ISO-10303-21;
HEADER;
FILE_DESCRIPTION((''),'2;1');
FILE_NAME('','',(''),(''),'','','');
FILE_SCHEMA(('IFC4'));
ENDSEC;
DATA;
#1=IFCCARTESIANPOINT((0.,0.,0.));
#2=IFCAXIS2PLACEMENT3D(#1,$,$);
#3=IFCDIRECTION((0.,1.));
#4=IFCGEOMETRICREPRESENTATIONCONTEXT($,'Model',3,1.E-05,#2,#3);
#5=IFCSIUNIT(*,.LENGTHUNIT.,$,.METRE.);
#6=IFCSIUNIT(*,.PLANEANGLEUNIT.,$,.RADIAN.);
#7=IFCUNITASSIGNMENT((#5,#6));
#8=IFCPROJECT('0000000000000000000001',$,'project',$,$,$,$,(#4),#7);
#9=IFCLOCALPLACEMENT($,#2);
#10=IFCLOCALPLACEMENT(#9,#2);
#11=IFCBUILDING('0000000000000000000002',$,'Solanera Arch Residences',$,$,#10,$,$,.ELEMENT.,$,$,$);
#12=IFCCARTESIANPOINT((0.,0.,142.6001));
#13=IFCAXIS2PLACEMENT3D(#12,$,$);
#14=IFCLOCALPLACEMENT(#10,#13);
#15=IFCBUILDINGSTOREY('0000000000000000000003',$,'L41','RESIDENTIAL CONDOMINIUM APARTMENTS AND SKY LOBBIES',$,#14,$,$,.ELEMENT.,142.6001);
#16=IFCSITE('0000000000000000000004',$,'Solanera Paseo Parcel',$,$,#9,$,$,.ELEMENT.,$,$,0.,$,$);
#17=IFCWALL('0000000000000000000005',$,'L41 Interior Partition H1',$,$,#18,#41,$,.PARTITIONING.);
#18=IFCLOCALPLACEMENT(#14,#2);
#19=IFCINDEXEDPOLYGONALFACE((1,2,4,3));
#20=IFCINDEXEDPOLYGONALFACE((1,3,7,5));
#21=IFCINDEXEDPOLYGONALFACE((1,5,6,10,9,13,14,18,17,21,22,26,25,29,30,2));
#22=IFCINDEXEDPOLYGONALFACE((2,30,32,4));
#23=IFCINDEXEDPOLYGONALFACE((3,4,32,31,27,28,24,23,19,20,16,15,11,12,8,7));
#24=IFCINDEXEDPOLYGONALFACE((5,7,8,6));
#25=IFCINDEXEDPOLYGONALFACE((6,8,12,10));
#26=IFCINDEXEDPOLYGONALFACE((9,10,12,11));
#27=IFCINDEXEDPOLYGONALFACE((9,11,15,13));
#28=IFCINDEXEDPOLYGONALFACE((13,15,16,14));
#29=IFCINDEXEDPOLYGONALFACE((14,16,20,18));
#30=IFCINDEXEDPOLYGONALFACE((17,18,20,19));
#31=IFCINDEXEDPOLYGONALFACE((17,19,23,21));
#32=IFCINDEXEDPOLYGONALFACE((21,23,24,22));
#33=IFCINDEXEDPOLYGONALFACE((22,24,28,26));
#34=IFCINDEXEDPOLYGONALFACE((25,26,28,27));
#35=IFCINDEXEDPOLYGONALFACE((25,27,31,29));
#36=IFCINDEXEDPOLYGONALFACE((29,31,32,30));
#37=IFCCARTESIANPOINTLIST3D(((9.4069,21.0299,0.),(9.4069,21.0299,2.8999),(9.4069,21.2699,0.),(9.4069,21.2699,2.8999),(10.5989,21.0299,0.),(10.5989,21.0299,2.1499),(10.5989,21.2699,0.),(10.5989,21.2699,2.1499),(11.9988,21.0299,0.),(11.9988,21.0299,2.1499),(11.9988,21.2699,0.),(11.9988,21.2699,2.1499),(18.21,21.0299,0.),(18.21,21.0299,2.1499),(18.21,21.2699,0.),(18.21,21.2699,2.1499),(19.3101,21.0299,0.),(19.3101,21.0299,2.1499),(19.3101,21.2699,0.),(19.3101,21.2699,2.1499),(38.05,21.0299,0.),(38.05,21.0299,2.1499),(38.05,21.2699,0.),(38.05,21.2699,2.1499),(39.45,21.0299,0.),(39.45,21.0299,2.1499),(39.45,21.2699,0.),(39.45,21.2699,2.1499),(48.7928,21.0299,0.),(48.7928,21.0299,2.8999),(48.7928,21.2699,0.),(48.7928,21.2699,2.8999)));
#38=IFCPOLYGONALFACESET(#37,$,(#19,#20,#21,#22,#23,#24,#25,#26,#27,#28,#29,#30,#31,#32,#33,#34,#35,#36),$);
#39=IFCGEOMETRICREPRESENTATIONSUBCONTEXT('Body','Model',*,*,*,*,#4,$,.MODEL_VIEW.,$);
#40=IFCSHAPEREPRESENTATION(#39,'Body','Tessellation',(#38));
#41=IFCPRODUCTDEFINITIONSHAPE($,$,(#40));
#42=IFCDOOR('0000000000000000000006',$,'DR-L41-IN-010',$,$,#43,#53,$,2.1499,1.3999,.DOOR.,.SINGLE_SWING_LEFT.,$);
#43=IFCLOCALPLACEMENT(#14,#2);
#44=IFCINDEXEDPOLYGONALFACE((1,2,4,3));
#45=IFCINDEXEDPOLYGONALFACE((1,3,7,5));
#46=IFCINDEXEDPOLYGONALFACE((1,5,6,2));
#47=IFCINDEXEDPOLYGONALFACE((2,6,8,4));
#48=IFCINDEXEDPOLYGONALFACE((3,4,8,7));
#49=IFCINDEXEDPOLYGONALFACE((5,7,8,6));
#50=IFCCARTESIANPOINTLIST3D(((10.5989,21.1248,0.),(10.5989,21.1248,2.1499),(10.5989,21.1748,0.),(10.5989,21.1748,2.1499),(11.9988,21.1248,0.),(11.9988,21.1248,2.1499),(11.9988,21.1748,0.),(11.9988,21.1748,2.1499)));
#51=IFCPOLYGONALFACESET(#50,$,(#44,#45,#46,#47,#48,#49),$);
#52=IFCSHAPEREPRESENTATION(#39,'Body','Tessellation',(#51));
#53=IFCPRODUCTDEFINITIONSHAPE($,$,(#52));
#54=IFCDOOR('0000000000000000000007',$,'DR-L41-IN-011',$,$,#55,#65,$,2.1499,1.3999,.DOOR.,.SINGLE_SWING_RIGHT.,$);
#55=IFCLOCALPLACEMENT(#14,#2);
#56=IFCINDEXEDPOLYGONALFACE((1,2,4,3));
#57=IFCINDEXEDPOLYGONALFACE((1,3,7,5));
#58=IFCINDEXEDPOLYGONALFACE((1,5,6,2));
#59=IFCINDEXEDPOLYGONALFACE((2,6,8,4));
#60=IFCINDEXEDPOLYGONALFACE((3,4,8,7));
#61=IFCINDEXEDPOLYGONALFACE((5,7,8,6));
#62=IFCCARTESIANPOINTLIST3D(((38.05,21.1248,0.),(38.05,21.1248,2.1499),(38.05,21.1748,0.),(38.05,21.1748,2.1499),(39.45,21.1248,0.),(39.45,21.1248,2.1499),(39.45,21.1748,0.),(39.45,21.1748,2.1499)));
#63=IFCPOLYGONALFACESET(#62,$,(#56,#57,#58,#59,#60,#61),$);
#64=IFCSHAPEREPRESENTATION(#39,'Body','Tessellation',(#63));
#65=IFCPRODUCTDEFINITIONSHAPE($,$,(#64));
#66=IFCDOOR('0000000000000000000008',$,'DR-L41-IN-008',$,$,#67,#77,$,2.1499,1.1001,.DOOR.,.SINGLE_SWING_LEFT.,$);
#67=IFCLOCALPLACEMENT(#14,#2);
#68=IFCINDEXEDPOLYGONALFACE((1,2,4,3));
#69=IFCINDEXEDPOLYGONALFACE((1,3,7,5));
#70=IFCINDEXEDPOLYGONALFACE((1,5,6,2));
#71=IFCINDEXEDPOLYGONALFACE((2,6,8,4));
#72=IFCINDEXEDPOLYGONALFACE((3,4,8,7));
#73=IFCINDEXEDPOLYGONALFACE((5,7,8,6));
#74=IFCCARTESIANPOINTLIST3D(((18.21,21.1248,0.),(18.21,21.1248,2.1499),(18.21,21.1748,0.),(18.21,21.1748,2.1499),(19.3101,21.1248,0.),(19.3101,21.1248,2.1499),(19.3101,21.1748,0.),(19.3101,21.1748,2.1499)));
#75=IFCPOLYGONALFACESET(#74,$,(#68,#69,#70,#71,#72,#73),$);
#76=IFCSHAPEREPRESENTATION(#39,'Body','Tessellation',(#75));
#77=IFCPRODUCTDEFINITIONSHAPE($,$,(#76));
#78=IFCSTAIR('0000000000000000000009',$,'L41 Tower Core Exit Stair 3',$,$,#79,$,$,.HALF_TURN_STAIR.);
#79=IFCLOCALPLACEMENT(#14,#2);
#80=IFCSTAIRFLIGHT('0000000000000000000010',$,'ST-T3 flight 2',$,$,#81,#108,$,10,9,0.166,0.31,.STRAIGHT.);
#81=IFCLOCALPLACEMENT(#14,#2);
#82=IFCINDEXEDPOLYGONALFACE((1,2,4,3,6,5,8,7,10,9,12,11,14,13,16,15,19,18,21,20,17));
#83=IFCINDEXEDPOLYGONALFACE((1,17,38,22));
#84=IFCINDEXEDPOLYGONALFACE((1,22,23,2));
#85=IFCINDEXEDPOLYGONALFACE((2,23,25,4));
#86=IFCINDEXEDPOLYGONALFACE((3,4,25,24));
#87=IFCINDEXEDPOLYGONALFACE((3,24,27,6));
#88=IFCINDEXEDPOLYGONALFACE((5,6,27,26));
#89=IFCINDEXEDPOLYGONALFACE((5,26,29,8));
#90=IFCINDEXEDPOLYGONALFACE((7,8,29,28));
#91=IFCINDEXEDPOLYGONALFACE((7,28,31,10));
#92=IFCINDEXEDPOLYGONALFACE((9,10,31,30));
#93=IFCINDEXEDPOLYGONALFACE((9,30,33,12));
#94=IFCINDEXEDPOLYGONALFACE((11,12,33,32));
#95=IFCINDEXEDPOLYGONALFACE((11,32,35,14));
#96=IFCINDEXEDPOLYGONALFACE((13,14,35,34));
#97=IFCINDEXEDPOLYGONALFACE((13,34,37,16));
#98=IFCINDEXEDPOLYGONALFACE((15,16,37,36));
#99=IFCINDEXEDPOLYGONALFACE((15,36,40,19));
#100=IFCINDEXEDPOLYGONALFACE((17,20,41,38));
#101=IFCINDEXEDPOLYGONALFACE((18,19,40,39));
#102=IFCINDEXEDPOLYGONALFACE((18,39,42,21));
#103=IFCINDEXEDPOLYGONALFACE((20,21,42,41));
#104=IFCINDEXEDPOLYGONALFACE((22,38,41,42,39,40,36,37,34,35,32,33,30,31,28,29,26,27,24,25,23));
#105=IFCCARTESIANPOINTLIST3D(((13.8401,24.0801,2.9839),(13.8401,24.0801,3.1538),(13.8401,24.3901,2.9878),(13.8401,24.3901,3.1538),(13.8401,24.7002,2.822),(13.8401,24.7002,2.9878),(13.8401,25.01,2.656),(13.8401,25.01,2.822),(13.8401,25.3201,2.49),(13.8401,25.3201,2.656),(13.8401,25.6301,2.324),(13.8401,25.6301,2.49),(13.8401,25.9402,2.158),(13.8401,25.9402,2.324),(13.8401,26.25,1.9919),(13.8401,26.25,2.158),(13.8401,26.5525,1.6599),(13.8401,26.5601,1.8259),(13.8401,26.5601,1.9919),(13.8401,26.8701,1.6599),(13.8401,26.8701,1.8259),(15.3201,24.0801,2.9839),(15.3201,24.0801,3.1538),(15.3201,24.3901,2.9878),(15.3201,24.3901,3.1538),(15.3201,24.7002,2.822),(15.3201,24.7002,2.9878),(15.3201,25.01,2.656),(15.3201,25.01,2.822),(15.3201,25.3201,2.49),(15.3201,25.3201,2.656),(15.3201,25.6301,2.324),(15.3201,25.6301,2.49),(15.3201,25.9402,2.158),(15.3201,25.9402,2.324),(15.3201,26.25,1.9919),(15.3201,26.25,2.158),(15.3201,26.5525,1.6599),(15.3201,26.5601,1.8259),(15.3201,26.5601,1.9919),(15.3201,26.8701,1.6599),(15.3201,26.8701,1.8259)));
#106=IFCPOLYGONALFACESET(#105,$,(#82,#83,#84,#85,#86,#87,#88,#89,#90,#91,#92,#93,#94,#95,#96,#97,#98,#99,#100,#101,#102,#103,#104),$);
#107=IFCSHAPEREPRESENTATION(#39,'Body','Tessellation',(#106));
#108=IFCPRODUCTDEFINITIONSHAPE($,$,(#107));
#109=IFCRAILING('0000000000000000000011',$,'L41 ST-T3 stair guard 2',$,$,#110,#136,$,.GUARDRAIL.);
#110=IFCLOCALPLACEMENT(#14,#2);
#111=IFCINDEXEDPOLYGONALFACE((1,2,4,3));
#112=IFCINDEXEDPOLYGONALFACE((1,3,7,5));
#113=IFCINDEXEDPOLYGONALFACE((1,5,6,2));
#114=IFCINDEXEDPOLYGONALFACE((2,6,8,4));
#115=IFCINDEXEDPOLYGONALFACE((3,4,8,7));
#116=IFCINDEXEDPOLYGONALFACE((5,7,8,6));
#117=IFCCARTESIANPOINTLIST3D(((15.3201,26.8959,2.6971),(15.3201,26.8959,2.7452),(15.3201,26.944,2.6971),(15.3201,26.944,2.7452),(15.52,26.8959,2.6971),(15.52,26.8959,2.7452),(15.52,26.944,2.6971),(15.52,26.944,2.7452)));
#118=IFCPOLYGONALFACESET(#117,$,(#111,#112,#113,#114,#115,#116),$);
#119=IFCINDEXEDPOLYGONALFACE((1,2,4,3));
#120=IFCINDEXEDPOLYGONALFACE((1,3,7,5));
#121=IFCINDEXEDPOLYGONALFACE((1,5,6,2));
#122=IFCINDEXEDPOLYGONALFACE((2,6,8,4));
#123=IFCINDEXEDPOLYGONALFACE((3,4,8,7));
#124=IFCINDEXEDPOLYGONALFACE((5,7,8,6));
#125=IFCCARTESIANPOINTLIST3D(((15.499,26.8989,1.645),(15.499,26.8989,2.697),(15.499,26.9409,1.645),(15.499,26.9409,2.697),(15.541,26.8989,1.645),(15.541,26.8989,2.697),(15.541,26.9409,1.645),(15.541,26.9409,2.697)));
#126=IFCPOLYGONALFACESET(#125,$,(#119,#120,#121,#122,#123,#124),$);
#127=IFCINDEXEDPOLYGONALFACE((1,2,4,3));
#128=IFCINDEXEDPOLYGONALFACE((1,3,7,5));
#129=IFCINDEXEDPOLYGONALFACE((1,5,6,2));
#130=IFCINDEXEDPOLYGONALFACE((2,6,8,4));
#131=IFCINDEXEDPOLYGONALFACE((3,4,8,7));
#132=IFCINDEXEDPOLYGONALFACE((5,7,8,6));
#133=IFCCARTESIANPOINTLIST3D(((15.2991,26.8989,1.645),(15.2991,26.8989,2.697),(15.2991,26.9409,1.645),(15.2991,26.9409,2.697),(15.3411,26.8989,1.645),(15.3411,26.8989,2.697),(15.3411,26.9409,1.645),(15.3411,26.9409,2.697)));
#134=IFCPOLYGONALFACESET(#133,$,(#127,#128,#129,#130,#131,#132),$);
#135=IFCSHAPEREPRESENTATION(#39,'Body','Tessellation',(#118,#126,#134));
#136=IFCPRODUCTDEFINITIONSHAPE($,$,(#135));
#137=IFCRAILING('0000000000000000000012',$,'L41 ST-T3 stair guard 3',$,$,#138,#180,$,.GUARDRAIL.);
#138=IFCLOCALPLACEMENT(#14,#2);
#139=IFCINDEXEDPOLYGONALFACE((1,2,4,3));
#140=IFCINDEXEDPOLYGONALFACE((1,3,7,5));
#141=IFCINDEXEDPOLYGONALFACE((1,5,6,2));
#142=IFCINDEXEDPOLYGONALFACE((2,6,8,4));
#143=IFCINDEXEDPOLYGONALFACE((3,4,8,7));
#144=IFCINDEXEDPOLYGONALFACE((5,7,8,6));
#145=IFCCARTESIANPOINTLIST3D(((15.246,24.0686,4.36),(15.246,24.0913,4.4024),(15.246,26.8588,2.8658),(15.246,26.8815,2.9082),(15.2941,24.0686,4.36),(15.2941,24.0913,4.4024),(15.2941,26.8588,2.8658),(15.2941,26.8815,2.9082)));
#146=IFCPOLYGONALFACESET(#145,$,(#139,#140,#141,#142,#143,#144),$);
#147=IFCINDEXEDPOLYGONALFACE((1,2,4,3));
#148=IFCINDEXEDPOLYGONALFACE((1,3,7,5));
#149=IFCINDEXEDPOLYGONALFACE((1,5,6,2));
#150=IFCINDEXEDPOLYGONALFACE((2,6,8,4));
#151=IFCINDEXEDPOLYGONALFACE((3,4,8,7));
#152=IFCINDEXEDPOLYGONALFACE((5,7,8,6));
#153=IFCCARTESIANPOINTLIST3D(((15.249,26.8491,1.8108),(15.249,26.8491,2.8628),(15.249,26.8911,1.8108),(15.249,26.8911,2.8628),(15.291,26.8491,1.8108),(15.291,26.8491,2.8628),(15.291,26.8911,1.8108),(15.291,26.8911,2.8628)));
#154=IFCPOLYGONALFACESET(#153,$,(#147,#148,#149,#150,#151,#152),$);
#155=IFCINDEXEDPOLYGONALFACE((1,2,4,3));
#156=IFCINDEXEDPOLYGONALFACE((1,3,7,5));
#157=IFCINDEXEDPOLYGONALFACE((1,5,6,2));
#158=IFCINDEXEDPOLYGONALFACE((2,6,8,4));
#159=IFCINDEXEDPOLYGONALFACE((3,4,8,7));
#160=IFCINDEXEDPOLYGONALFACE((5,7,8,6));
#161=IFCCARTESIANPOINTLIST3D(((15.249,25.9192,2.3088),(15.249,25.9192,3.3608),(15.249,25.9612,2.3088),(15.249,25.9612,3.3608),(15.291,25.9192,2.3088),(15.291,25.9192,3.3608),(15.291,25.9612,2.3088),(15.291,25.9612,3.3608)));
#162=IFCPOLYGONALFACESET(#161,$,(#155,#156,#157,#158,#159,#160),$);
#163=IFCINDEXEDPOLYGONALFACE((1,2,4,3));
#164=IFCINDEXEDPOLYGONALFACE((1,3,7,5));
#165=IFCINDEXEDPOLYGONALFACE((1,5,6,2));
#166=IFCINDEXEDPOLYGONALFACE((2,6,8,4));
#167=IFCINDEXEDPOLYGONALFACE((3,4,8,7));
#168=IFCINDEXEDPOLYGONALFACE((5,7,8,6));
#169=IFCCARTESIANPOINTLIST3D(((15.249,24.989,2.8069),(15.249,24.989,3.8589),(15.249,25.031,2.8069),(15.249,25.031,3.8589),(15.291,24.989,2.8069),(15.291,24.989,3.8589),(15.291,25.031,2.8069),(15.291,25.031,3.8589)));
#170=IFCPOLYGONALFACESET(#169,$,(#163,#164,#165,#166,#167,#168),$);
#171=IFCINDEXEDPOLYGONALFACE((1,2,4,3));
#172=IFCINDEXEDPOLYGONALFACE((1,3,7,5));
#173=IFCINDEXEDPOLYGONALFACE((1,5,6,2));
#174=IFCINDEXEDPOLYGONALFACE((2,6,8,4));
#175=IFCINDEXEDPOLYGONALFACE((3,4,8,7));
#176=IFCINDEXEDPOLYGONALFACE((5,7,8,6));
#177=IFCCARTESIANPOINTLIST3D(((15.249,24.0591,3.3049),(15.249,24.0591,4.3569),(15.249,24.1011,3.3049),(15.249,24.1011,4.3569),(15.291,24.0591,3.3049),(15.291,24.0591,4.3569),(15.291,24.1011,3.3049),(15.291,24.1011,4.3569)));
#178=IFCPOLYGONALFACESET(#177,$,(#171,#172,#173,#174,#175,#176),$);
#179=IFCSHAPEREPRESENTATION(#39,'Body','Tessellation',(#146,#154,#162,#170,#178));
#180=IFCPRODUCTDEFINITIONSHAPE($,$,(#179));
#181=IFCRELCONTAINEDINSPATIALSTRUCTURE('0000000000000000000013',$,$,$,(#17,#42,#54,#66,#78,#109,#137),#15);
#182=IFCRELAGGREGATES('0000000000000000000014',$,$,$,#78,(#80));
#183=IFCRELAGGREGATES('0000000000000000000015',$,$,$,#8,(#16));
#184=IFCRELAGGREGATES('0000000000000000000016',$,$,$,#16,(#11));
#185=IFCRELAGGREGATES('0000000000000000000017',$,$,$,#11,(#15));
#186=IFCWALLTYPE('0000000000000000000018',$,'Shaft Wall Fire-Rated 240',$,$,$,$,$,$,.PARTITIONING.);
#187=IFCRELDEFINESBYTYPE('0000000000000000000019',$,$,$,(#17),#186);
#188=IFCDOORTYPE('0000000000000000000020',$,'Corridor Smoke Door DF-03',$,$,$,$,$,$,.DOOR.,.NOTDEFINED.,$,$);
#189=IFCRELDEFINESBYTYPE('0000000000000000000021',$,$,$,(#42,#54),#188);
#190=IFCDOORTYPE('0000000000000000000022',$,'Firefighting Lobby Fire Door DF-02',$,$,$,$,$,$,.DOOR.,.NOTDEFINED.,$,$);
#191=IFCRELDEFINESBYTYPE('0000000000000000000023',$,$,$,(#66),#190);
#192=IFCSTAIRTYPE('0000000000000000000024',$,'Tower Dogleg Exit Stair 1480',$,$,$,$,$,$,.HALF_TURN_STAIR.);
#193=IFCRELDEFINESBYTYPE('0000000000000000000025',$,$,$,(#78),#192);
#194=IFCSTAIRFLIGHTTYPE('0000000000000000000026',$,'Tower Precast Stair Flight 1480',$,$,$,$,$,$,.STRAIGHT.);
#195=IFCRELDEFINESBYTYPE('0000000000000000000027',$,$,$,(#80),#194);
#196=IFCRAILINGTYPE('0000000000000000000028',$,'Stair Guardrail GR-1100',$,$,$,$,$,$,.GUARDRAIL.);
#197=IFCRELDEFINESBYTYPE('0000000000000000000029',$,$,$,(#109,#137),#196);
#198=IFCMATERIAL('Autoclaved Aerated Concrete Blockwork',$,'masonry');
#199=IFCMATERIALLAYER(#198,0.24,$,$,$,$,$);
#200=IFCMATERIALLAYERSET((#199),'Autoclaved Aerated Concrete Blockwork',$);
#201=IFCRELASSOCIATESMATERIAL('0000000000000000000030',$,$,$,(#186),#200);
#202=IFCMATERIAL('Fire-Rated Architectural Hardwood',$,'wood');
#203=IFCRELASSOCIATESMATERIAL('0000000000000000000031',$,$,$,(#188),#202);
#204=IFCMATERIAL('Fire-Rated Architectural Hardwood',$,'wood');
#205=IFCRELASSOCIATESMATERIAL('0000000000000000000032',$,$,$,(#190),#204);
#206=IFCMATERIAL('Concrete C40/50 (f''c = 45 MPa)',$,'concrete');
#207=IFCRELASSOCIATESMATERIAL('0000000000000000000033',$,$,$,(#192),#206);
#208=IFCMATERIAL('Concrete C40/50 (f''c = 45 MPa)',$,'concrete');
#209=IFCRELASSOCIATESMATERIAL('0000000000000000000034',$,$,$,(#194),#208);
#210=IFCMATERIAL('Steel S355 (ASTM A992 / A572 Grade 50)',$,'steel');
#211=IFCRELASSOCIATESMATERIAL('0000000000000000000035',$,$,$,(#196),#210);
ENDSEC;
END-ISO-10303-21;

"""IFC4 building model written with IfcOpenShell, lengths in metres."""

from ifc_helpers import new_model, si_unit, direction, frame, frame_2d, origin, origin_2d, place, context, subcontext, project, spatial, polyline, rectangle, outline, extrude, material, layer, layer_set, type_object, element, fill, aggregate, save


model = new_model("IFC4")

# Units and contexts
model_context = context("Model", 3, precision=1e-05, world=origin(), true_north=direction((0.0, 1.0)))
body_context = subcontext(model_context, "Body", "Model", "MODEL_VIEW")
ifc_project = project(units=[si_unit("LENGTHUNIT", "METRE"), si_unit("PLANEANGLEUNIT", "RADIAN")], contexts=[model_context])

# Site, building, storey
site_placement = place(None, origin())
site = spatial("IfcSite", under=ifc_project, at=site_placement, Name="Solanera Paseo Parcel", CompositionType="ELEMENT", RefElevation=0.0)
building_placement = place(site_placement, origin())
building = spatial("IfcBuilding", under=site, at=building_placement, Name="Solanera Arch Residences", CompositionType="ELEMENT")
storey_placement = place(building_placement, frame((0.0, 0.0, 142.6001)))
storey = spatial("IfcBuildingStorey", under=building, at=storey_placement, Name="L41", Description="RESIDENTIAL CONDOMINIUM APARTMENTS AND SKY LOBBIES", CompositionType="ELEMENT", Elevation=142.6001)

# Wall, openings, doors
ifc_material_1 = material(Name="Autoclaved Aerated Concrete Blockwork", Category="masonry")
ifc_layer_1 = layer(ifc_material_1, 0.24)
ifc_layer_set_1 = layer_set([ifc_layer_1], Name="Autoclaved Aerated Concrete Blockwork")
wall_type_1 = type_object("IfcWallType", Name="Shaft Wall Fire-Rated 240", PredefinedType="PARTITIONING", material=ifc_layer_set_1)
wall_1_placement = place(storey_placement, frame((9.407, 21.1499, 0.0), z_axis=(0.0, 0.0, 1.0), x_axis=(1.0, 0.0, 0.0)))
wall_1 = element("IfcWall", 1, at=wall_1_placement, inside=storey, type_object=wall_type_1, Name="L41 Interior Partition H1", PredefinedType="PARTITIONING", context=body_context, shape_type="SweptSolid", body=[
    extrude(rectangle(XDim=39.386, YDim=0.24, at=frame_2d((19.6929, 0.0))), origin(), (0.0, 0.0, 1.0), 2.8999),
])
opening_1_placement = place(wall_1_placement, frame((8.803, 0.0, 0.0)))
opening_1 = element("IfcOpeningElement", 2, at=opening_1_placement, cuts=wall_1, PredefinedType="OPENING", context=body_context, shape_type="SweptSolid", body=[
    extrude(rectangle(XDim=1.1001, YDim=2.1499, at=frame_2d((0.55, 1.075))), frame((0.0, 0.1299, 0.0), z_axis=(0.0, -1.0, 0.0), x_axis=(1.0, 0.0, 0.0)), (0.0, 0.0, 1.0), 0.26),
])
opening_2_placement = place(wall_1_placement, frame((1.1919, 0.0, 0.0)))
opening_2 = element("IfcOpeningElement", 3, at=opening_2_placement, cuts=wall_1, PredefinedType="OPENING", context=body_context, shape_type="SweptSolid", body=[
    extrude(rectangle(XDim=1.3999, YDim=2.1499, at=frame_2d((0.7, 1.075))), frame((0.0, 0.1299, 0.0), z_axis=(0.0, -1.0, 0.0), x_axis=(1.0, 0.0, 0.0)), (0.0, 0.0, 1.0), 0.26),
])
opening_3_placement = place(wall_1_placement, frame((28.6431, 0.0, 0.0)))
opening_3 = element("IfcOpeningElement", 4, at=opening_3_placement, cuts=wall_1, PredefinedType="OPENING", context=body_context, shape_type="SweptSolid", body=[
    extrude(rectangle(XDim=1.3999, YDim=2.1499, at=frame_2d((0.7, 1.075))), frame((0.0, 0.1299, 0.0), z_axis=(0.0, -1.0, 0.0), x_axis=(1.0, 0.0, 0.0)), (0.0, 0.0, 1.0), 0.26),
])
ifc_material_2 = material(Name="Fire-Rated Architectural Hardwood", Category="wood")
door_type_1 = type_object("IfcDoorType", Name="Corridor Smoke Door DF-03", OperationType="NOTDEFINED", PredefinedType="DOOR", material=ifc_material_2)
door_1_placement = place(opening_2_placement, origin())
door_1 = element("IfcDoor", 5, at=door_1_placement, inside=storey, type_object=door_type_1, Name="DR-L41-IN-010", OperationType="SINGLE_SWING_LEFT", OverallHeight=2.1499, OverallWidth=1.3999, PredefinedType="DOOR", context=body_context, shape_type="SweptSolid", body=[
    extrude(rectangle(XDim=1.3999, YDim=2.1499, at=frame_2d((0.7, 1.075))), frame((0.0, 0.0249, 0.0), z_axis=(0.0, -1.0, 0.0), x_axis=(1.0, 0.0, 0.0)), (0.0, 0.0, 1.0), 0.05),
])
fill(opening_2, door_1)
door_2_placement = place(opening_3_placement, origin())
door_2 = element("IfcDoor", 6, at=door_2_placement, inside=storey, type_object=door_type_1, Name="DR-L41-IN-011", OperationType="SINGLE_SWING_RIGHT", OverallHeight=2.1499, OverallWidth=1.3999, PredefinedType="DOOR", context=body_context, shape_type="SweptSolid", body=[
    extrude(rectangle(XDim=1.3999, YDim=2.1499, at=frame_2d((0.7, 1.075))), frame((0.0, 0.0249, 0.0), z_axis=(0.0, -1.0, 0.0), x_axis=(1.0, 0.0, 0.0)), (0.0, 0.0, 1.0), 0.05),
])
fill(opening_3, door_2)
ifc_material_3 = material(Name="Fire-Rated Architectural Hardwood", Category="wood")
door_type_2 = type_object("IfcDoorType", Name="Firefighting Lobby Fire Door DF-02", OperationType="NOTDEFINED", PredefinedType="DOOR", material=ifc_material_3)
door_3_placement = place(opening_1_placement, origin())
door_3 = element("IfcDoor", 7, at=door_3_placement, inside=storey, type_object=door_type_2, Name="DR-L41-IN-008", OperationType="SINGLE_SWING_LEFT", OverallHeight=2.1499, OverallWidth=1.1001, PredefinedType="DOOR", context=body_context, shape_type="SweptSolid", body=[
    extrude(rectangle(XDim=1.1001, YDim=2.1499, at=frame_2d((0.55, 1.075))), frame((0.0, 0.0249, 0.0), z_axis=(0.0, -1.0, 0.0), x_axis=(1.0, 0.0, 0.0)), (0.0, 0.0, 1.0), 0.05),
])
fill(opening_1, door_3)

# Stair, stair flight
ifc_material_4 = material(Name="Concrete C40/50 (f'c = 45 MPa)", Category="concrete")
stair_type = type_object("IfcStairType", Name="Tower Dogleg Exit Stair 1480", PredefinedType="HALF_TURN_STAIR", material=ifc_material_4)
stair_placement = place(storey_placement, origin())
stair = element("IfcStair", 8, at=stair_placement, inside=storey, type_object=stair_type, Name="L41 Tower Core Exit Stair 3", PredefinedType="HALF_TURN_STAIR")
ifc_material_5 = material(Name="Concrete C40/50 (f'c = 45 MPa)", Category="concrete")
stair_flight_type = type_object("IfcStairFlightType", Name="Tower Precast Stair Flight 1480", PredefinedType="STRAIGHT", material=ifc_material_5)
stair_flight_placement = place(storey_placement, frame((14.5801, 26.8701, 1.6599), z_axis=(0.0, 0.0, 1.0), x_axis=(0.0, -1.0, 0.0)))
stair_flight = element("IfcStairFlight", 9, at=stair_flight_placement, type_object=stair_flight_type, Name="ST-T3 flight 2", NumberOfRisers=10, NumberOfTreads=9, PredefinedType="STRAIGHT", RiserHeight=0.166, TreadLength=0.31, context=body_context, shape_type="SweptSolid", body=[
    extrude(outline(polyline([(0.0, 0.0), (0.0, 0.166), (0.3101, 0.166), (0.3101, 0.332), (0.6201, 0.332), (0.6201, 0.498), (0.9299, 0.498), (0.9299, 0.6641), (1.24, 0.6641), (1.24, 0.8301), (1.55, 0.8301), (1.55, 0.9961), (1.8601, 0.9961), (1.8601, 1.1621), (2.1699, 1.1621), (2.1699, 1.3279), (2.48, 1.3279), (2.48, 1.4939), (2.79, 1.4939), (2.79, 1.6599), (2.79, 1.324), (0.3176, 0.0), (0.0, 0.0)])), frame((0.0, 0.74, 0.0), z_axis=(0.0, -1.0, 0.0), x_axis=(1.0, 0.0, 0.0)), (0.0, 0.0, 1.0), 1.48),
])
aggregate(stair, [stair_flight])

# Railings
ifc_material_6 = material(Name="Steel S355 (ASTM A992 / A572 Grade 50)", Category="steel")
railing_type_1 = type_object("IfcRailingType", Name="Stair Guardrail GR-1100", PredefinedType="GUARDRAIL", material=ifc_material_6)
railing_1_placement = place(storey_placement, frame((15.52, 26.9199, 1.645)))
element("IfcRailing", 10, at=railing_1_placement, inside=storey, type_object=railing_type_1, Name="L41 ST-T3 stair guard 2", PredefinedType="GUARDRAIL", context=body_context, shape_type="SweptSolid", body=[
    extrude(rectangle(XDim=0.0481, YDim=0.0481, at=origin_2d()), frame((0.0, 0.0, 1.0762), z_axis=(-1.0, 0.0, 0.0), x_axis=(0.0, -1.0, 0.0)), (0.0, 0.0, 1.0), 0.2),
    extrude(rectangle(XDim=0.042, YDim=0.042, at=origin_2d()), origin(), (0.0, 0.0, 1.0), 1.052),
    extrude(rectangle(XDim=0.042, YDim=0.042, at=origin_2d()), frame((-0.2, 0.0, 0.0)), (0.0, 0.0, 1.0), 1.052),
])
railing_2_placement = place(storey_placement, frame((15.27, 26.8701, 1.8108)))
element("IfcRailing", 11, at=railing_2_placement, inside=storey, type_object=railing_type_1, Name="L41 ST-T3 stair guard 3", PredefinedType="GUARDRAIL", context=body_context, shape_type="SweptSolid", body=[
    extrude(rectangle(XDim=0.0481, YDim=0.0481, at=origin_2d()), frame((0.0, 0.0, 1.0762), z_axis=(0.0, -0.881549, 0.472093), x_axis=(1.0, 0.0, 0.0)), (0.0, 0.0, 1.0), 3.165),
    extrude(rectangle(XDim=0.042, YDim=0.042, at=origin_2d()), origin(), (0.0, 0.0, 1.0), 1.052),
    extrude(rectangle(XDim=0.042, YDim=0.042, at=origin_2d()), frame((0.0, -0.9299, 0.498)), (0.0, 0.0, 1.0), 1.052),
    extrude(rectangle(XDim=0.042, YDim=0.042, at=origin_2d()), frame((0.0, -1.8601, 0.9961)), (0.0, 0.0, 1.0), 1.052),
    extrude(rectangle(XDim=0.042, YDim=0.042, at=origin_2d()), frame((0.0, -2.79, 1.4941)), (0.0, 0.0, 1.0), 1.052),
])

save(model, "model.ifc")
